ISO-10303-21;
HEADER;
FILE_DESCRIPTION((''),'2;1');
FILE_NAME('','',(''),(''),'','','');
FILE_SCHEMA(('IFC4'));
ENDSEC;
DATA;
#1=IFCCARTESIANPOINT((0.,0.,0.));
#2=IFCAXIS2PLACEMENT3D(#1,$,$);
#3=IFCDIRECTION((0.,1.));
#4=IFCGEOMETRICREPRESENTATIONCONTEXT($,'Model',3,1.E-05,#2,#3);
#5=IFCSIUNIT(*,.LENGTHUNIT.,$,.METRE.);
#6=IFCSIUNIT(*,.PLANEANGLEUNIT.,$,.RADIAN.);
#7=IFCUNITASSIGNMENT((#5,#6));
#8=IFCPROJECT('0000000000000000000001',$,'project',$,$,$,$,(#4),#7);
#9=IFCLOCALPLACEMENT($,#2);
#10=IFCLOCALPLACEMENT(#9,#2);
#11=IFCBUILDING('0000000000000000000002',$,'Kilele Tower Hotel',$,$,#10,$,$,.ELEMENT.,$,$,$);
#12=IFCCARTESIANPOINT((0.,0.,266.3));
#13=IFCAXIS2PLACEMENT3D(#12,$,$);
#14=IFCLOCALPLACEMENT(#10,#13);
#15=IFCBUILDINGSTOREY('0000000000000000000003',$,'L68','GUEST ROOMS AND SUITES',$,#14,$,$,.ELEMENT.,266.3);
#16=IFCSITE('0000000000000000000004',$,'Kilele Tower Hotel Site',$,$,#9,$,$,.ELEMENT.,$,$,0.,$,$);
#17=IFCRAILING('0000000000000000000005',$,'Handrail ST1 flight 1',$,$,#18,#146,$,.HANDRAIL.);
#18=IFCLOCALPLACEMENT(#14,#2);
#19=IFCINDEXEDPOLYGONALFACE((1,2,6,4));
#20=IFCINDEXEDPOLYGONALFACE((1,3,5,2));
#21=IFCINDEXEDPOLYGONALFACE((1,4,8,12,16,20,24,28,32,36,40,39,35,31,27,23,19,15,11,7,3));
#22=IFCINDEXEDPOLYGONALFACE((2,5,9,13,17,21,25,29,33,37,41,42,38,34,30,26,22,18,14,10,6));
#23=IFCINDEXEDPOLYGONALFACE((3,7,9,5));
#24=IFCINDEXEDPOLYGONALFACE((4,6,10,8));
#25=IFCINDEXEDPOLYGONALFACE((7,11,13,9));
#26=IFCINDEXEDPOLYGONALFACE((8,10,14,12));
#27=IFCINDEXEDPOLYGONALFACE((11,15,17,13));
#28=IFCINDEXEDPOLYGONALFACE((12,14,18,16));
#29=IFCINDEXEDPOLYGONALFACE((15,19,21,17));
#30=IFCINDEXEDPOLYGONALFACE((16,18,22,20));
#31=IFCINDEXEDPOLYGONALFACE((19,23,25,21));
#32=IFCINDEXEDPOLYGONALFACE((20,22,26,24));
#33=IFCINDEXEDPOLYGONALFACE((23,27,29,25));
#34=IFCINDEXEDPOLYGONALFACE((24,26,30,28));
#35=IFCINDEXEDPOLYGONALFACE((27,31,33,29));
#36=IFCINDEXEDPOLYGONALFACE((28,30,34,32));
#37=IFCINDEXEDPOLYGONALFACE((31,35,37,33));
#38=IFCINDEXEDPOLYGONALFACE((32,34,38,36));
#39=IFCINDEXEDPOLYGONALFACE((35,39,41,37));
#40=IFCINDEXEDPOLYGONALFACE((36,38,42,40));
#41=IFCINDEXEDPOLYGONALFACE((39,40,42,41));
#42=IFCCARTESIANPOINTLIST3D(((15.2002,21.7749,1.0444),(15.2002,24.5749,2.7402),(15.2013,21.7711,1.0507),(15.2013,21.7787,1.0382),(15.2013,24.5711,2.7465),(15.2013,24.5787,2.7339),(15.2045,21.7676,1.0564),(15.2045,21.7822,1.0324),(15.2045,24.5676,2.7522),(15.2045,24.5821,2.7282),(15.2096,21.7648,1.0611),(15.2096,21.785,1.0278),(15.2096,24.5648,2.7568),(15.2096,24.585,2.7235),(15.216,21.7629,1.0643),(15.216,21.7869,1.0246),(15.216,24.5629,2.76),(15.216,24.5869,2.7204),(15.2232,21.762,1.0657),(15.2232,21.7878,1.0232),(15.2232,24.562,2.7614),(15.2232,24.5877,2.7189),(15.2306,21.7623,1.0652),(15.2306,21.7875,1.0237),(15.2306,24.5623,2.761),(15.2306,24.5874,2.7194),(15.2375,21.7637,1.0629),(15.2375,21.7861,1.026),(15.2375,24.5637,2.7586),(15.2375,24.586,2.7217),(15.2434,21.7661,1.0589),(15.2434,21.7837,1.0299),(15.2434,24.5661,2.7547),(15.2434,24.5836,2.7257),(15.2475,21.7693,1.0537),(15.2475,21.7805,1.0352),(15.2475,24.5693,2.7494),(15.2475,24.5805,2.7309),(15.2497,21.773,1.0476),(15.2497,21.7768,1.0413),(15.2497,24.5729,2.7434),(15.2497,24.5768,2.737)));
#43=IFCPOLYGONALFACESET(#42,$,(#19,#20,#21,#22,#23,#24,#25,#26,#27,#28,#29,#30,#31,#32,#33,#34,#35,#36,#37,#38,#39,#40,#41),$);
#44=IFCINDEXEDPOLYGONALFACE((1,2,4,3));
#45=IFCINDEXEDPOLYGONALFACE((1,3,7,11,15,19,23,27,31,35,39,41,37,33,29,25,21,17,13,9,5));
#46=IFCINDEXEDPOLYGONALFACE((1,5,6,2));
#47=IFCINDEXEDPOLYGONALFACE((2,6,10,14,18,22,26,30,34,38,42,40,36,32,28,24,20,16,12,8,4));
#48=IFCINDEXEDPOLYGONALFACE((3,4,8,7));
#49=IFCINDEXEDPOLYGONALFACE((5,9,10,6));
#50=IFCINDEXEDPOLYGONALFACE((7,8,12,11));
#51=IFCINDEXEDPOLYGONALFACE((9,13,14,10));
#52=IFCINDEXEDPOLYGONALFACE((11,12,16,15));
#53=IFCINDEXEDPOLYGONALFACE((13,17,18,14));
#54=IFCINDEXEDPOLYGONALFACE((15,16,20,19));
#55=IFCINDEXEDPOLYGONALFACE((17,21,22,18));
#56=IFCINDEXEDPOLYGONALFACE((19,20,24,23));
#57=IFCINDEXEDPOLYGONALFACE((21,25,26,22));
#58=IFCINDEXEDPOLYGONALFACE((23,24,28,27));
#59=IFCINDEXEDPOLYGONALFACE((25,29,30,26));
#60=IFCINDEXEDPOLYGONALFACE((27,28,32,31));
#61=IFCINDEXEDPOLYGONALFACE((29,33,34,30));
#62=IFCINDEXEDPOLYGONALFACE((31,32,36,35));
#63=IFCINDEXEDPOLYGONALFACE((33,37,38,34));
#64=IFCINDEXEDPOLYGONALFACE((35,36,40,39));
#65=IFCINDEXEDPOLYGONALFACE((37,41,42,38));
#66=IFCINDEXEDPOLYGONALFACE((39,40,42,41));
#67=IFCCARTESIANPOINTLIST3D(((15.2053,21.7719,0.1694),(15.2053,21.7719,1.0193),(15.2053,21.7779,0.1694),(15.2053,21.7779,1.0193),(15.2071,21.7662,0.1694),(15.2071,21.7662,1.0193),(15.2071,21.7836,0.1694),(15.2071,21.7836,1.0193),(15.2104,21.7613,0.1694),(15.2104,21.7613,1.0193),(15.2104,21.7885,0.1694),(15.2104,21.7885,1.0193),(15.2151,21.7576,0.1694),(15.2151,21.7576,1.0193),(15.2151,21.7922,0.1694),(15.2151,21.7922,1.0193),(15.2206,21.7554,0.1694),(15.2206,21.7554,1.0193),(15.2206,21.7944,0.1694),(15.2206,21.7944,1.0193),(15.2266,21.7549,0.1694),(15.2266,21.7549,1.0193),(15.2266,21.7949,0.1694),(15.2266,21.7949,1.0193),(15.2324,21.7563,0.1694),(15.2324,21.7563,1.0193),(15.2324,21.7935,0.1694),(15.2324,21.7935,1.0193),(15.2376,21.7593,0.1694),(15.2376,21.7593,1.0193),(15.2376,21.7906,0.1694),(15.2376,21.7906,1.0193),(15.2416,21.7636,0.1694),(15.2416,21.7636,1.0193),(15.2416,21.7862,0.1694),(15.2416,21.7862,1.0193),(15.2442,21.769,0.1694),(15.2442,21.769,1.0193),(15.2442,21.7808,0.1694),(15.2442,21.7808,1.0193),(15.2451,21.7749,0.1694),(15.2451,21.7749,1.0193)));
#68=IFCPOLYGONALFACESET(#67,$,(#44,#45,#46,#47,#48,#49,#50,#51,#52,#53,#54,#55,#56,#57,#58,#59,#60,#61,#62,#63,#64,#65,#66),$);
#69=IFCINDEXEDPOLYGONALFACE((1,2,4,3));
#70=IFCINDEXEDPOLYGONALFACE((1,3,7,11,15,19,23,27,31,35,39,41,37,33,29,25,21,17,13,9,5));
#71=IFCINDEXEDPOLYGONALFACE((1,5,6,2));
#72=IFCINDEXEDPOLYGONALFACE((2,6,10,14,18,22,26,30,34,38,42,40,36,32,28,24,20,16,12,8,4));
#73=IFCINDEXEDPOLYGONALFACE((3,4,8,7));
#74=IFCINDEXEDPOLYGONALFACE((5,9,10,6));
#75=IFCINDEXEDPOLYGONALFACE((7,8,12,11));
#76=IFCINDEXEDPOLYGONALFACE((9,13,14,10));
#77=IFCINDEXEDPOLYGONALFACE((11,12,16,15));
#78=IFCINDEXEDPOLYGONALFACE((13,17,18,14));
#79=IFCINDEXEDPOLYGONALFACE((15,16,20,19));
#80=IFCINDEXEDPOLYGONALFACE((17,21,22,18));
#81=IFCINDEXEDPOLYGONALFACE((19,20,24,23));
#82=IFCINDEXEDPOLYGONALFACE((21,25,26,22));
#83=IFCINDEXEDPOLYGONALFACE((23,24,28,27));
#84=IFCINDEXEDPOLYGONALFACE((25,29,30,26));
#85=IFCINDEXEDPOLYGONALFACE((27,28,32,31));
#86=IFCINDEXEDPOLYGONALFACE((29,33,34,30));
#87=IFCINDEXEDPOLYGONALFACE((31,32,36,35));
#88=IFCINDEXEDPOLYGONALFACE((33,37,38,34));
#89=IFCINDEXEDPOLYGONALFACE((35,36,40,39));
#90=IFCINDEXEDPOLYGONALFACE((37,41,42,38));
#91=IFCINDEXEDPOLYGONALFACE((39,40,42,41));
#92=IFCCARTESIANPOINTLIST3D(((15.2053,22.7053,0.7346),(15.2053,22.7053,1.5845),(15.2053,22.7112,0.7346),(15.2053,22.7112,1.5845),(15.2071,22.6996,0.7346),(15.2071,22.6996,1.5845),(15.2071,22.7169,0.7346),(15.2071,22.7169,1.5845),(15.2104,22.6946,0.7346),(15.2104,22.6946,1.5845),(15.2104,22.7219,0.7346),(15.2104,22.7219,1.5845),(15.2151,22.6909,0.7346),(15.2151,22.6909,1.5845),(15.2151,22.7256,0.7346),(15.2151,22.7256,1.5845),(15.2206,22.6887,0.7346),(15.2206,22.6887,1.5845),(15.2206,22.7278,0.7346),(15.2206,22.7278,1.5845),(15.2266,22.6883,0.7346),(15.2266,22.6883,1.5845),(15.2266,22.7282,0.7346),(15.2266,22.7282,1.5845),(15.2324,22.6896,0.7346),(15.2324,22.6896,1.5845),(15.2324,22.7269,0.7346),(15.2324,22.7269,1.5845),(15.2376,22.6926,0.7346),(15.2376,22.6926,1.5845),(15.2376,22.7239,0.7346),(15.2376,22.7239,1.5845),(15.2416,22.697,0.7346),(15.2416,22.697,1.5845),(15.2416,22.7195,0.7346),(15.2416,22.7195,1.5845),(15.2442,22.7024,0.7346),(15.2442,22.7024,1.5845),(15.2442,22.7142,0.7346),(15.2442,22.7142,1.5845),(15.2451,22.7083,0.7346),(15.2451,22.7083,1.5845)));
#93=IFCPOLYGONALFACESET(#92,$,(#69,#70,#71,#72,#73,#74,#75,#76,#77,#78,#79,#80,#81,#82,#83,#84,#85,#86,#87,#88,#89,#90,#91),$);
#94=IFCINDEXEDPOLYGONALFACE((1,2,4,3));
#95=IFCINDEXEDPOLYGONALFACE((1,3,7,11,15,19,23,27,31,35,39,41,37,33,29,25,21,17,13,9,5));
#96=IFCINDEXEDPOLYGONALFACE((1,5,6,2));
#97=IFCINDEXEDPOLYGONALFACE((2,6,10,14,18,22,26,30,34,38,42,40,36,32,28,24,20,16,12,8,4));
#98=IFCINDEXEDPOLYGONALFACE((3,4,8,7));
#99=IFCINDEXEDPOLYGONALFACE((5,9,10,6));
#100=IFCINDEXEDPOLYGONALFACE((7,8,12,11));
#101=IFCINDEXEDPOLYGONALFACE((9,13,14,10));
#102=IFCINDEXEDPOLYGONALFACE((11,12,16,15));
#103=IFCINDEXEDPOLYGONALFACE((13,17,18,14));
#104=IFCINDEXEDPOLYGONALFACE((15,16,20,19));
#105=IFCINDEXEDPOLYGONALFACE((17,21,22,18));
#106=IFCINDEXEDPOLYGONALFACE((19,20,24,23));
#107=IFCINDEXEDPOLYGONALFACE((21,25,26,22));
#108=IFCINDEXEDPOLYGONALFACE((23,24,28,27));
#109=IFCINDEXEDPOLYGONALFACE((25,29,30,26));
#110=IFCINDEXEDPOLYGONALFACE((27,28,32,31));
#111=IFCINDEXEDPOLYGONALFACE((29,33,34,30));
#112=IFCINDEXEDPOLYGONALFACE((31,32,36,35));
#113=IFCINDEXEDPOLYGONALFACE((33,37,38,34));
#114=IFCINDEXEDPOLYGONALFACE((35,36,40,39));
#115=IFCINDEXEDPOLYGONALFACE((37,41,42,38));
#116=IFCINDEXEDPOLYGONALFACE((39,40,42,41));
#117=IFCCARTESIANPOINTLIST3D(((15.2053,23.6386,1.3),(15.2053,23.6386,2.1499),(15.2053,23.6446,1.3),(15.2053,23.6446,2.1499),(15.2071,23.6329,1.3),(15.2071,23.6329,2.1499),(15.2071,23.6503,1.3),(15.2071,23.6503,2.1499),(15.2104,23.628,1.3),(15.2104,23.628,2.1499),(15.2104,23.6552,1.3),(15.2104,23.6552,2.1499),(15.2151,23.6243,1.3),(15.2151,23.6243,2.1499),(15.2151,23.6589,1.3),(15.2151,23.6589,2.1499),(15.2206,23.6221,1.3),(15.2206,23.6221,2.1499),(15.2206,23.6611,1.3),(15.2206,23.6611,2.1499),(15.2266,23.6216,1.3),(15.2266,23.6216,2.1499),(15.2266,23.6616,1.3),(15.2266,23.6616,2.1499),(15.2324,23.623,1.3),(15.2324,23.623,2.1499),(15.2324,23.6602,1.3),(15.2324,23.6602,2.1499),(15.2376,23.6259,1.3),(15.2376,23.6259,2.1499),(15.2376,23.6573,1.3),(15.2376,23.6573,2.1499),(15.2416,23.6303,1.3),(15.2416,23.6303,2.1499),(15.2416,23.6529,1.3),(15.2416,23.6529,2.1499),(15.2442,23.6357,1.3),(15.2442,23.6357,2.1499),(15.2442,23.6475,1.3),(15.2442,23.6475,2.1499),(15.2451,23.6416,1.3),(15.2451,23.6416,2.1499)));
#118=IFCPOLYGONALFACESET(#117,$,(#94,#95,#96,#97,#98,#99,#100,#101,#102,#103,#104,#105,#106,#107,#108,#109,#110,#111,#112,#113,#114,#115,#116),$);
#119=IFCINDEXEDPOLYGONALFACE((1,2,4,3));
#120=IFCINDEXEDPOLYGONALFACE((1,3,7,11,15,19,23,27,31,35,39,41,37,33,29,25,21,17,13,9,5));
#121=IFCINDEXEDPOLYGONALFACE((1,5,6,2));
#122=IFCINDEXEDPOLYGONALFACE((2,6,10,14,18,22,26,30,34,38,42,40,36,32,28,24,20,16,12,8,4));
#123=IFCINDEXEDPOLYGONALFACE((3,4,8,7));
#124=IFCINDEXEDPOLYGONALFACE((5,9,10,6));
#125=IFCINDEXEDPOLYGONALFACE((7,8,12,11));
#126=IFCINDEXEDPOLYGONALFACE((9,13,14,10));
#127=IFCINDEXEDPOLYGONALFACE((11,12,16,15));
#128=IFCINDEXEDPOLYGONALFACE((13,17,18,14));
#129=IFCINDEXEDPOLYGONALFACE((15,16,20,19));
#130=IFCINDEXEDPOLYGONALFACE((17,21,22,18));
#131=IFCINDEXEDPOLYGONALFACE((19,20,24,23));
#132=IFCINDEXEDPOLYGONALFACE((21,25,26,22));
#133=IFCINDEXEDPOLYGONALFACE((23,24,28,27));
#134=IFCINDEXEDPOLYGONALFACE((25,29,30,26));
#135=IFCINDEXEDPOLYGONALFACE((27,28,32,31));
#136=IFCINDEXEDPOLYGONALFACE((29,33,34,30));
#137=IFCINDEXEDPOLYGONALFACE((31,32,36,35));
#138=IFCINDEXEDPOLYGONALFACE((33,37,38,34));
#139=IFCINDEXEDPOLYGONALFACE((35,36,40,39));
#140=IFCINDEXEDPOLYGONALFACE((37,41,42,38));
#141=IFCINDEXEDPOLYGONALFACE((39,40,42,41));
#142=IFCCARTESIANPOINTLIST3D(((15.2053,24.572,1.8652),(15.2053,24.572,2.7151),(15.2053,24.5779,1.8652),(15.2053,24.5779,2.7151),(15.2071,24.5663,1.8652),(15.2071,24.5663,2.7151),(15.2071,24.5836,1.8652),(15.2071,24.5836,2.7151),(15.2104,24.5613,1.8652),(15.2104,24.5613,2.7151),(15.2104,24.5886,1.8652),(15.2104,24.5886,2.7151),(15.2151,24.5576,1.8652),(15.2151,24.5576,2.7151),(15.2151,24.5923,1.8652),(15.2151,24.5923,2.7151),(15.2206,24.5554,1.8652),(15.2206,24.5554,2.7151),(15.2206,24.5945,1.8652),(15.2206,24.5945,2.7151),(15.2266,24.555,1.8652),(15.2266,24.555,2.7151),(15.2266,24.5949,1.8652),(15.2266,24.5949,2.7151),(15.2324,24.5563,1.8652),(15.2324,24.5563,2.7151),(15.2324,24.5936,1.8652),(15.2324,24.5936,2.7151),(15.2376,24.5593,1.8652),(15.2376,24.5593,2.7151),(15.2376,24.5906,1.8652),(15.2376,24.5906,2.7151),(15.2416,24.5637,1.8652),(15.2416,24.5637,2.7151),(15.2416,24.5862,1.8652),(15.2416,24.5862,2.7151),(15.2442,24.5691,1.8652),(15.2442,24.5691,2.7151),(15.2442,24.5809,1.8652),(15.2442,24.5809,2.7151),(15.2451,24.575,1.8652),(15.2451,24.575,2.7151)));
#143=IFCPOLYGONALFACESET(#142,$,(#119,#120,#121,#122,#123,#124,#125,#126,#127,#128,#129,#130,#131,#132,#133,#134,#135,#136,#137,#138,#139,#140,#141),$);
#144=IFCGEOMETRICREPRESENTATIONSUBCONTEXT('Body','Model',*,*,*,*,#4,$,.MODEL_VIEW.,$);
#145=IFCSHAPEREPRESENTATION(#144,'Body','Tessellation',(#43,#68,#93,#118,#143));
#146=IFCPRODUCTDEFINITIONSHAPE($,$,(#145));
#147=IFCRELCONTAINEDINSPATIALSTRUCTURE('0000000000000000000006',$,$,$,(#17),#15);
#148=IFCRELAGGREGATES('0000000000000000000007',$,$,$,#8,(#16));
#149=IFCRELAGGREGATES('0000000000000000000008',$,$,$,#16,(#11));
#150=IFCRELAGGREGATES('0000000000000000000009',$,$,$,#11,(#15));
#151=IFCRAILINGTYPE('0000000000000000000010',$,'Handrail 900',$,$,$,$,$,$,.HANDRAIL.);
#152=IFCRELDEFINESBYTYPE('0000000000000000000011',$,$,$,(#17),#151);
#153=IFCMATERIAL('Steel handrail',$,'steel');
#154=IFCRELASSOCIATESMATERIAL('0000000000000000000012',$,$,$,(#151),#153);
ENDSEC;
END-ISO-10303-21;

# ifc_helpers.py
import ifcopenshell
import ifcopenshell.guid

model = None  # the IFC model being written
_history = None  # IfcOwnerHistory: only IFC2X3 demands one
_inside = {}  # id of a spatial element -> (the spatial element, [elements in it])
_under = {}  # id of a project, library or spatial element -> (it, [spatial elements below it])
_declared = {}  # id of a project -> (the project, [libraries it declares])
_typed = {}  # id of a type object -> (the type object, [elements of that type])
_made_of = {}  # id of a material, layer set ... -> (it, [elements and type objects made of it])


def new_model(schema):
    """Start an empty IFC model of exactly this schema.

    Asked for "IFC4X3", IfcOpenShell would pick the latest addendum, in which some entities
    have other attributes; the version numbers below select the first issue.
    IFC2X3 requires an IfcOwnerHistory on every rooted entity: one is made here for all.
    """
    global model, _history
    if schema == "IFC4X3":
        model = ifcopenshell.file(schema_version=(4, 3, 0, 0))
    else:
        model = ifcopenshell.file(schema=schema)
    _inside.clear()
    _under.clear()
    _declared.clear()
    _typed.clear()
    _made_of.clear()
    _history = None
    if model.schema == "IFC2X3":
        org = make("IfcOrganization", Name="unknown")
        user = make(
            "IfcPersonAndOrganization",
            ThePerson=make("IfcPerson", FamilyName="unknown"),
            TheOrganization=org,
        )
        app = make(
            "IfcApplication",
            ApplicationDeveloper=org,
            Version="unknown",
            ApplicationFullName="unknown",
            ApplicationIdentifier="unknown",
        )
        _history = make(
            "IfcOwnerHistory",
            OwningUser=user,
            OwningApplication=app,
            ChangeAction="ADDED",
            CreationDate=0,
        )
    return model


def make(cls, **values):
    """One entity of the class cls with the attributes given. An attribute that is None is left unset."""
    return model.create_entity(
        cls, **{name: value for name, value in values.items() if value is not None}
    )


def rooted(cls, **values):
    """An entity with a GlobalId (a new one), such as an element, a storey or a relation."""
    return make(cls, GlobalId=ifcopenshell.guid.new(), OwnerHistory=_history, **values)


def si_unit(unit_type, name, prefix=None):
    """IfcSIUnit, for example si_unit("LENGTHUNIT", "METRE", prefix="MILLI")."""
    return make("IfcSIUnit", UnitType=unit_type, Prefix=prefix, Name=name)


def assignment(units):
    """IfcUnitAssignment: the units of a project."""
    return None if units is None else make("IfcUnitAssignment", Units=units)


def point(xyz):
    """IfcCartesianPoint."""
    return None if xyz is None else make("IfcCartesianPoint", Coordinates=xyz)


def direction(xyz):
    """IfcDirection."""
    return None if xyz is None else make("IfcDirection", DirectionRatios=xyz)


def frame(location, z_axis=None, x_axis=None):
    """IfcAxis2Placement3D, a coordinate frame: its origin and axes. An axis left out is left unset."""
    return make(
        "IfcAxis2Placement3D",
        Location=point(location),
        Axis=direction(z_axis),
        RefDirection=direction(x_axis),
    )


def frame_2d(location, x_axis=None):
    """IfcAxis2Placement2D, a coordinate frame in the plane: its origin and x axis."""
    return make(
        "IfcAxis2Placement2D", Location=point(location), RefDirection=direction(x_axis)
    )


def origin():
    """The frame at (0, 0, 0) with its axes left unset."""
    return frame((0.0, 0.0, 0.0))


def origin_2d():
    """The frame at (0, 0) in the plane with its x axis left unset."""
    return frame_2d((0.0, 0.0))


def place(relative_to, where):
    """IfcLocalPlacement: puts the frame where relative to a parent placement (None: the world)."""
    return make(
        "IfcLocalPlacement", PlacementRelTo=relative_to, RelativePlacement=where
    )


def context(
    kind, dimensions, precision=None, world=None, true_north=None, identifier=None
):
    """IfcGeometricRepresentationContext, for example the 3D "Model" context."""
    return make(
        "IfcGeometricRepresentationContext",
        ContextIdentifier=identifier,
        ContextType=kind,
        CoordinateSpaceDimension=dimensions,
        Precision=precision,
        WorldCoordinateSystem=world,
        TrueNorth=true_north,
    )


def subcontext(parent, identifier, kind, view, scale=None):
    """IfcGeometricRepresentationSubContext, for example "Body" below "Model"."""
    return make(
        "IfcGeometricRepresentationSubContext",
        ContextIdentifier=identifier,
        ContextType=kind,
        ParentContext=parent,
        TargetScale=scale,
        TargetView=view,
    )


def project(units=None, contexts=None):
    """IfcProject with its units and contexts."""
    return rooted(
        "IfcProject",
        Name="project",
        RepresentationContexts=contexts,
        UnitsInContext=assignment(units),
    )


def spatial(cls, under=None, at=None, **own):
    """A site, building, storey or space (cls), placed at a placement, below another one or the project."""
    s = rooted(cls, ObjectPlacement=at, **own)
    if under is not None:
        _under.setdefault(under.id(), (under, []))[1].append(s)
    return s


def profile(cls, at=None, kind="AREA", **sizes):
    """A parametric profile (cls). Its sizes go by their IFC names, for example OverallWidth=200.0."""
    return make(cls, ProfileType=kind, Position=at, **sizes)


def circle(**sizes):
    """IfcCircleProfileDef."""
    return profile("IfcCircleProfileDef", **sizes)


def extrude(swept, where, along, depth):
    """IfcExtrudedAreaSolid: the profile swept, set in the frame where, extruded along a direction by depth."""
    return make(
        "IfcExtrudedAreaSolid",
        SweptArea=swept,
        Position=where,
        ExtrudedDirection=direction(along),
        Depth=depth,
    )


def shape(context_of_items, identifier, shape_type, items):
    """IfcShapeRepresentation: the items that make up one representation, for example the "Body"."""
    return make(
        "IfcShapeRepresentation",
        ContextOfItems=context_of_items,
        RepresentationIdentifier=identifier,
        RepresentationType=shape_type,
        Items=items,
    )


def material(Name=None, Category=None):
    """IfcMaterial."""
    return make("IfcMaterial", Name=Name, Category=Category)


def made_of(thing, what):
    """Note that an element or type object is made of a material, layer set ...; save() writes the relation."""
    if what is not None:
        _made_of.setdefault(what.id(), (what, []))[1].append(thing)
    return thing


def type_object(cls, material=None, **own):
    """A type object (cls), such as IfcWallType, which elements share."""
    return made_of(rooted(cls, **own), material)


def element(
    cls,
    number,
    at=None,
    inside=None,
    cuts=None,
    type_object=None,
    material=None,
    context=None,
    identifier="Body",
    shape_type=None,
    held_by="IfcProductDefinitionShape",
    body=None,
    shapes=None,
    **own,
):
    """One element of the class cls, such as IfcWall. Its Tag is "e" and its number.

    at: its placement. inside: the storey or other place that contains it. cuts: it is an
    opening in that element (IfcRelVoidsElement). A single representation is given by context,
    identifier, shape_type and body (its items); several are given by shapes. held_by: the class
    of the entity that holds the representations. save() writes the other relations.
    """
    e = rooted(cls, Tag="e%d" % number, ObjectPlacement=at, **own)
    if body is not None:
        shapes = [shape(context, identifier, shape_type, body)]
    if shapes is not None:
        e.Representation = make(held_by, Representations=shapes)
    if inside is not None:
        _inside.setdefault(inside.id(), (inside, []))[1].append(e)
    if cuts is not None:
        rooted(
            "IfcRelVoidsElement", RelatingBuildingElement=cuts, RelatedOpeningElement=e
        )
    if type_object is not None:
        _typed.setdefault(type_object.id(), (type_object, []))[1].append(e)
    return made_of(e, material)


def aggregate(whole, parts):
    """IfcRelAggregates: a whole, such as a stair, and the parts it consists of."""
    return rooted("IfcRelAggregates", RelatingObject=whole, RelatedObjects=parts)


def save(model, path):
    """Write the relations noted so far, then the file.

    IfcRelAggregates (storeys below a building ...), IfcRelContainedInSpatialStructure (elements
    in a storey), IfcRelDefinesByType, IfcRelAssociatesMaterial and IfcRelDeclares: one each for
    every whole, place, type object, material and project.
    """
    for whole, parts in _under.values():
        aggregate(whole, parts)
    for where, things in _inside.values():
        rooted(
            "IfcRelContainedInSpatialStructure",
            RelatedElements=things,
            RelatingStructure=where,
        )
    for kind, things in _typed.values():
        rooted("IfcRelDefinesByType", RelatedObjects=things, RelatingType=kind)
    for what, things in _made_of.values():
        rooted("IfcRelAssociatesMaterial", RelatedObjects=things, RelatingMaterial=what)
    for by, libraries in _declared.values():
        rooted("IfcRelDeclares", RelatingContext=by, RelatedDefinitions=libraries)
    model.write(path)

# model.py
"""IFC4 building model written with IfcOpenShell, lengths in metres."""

from ifc_helpers import new_model, si_unit, direction, frame, origin, origin_2d, place, context, subcontext, project, spatial, circle, extrude, material, type_object, element, save


model = new_model("IFC4")

# Units and contexts
model_context = context("Model", 3, precision=1e-05, world=origin(), true_north=direction((0.0, 1.0)))
body_context = subcontext(model_context, "Body", "Model", "MODEL_VIEW")
ifc_project = project(units=[si_unit("LENGTHUNIT", "METRE"), si_unit("PLANEANGLEUNIT", "RADIAN")], contexts=[model_context])

# Site, building, storey
site_placement = place(None, origin())
site = spatial("IfcSite", under=ifc_project, at=site_placement, Name="Kilele Tower Hotel Site", CompositionType="ELEMENT", RefElevation=0.0)
building_placement = place(site_placement, origin())
building = spatial("IfcBuilding", under=site, at=building_placement, Name="Kilele Tower Hotel", CompositionType="ELEMENT")
storey_placement = place(building_placement, frame((0.0, 0.0, 266.3)))
storey = spatial("IfcBuildingStorey", under=building, at=storey_placement, Name="L68", Description="GUEST ROOMS AND SUITES", CompositionType="ELEMENT", Elevation=266.3)

# Railing
ifc_material_1 = material(Name="Steel handrail", Category="steel")
railing_type_1 = type_object("IfcRailingType", Name="Handrail 900", PredefinedType="HANDRAIL", material=ifc_material_1)
railing_1_placement = place(storey_placement, frame((15.2251, 21.7749, 0.1694)))
element("IfcRailing", 1, at=railing_1_placement, inside=storey, type_object=railing_type_1, Name="Handrail ST1 flight 1", PredefinedType="HANDRAIL", context=body_context, shape_type="SweptSolid", body=[
    extrude(circle(Radius=0.0249, at=origin_2d()), frame((0.0, 0.0, 0.875), z_axis=(0.0, 0.85536, 0.518034), x_axis=(-1.0, 0.0, 0.0)), (0.0, 0.0, 1.0), 3.2734),
    extrude(circle(Radius=0.02, at=origin_2d()), origin(), (0.0, 0.0, 1.0), 0.8499),
    extrude(circle(Radius=0.02, at=origin_2d()), frame((0.0, 0.9333, 0.5652)), (0.0, 0.0, 1.0), 0.8499),
    extrude(circle(Radius=0.02, at=origin_2d()), frame((0.0, 1.8667, 1.1306)), (0.0, 0.0, 1.0), 0.8499),
    extrude(circle(Radius=0.02, at=origin_2d()), frame((0.0, 2.8, 1.6958)), (0.0, 0.0, 1.0), 0.8499),
])

save(model, "model.ifc")
